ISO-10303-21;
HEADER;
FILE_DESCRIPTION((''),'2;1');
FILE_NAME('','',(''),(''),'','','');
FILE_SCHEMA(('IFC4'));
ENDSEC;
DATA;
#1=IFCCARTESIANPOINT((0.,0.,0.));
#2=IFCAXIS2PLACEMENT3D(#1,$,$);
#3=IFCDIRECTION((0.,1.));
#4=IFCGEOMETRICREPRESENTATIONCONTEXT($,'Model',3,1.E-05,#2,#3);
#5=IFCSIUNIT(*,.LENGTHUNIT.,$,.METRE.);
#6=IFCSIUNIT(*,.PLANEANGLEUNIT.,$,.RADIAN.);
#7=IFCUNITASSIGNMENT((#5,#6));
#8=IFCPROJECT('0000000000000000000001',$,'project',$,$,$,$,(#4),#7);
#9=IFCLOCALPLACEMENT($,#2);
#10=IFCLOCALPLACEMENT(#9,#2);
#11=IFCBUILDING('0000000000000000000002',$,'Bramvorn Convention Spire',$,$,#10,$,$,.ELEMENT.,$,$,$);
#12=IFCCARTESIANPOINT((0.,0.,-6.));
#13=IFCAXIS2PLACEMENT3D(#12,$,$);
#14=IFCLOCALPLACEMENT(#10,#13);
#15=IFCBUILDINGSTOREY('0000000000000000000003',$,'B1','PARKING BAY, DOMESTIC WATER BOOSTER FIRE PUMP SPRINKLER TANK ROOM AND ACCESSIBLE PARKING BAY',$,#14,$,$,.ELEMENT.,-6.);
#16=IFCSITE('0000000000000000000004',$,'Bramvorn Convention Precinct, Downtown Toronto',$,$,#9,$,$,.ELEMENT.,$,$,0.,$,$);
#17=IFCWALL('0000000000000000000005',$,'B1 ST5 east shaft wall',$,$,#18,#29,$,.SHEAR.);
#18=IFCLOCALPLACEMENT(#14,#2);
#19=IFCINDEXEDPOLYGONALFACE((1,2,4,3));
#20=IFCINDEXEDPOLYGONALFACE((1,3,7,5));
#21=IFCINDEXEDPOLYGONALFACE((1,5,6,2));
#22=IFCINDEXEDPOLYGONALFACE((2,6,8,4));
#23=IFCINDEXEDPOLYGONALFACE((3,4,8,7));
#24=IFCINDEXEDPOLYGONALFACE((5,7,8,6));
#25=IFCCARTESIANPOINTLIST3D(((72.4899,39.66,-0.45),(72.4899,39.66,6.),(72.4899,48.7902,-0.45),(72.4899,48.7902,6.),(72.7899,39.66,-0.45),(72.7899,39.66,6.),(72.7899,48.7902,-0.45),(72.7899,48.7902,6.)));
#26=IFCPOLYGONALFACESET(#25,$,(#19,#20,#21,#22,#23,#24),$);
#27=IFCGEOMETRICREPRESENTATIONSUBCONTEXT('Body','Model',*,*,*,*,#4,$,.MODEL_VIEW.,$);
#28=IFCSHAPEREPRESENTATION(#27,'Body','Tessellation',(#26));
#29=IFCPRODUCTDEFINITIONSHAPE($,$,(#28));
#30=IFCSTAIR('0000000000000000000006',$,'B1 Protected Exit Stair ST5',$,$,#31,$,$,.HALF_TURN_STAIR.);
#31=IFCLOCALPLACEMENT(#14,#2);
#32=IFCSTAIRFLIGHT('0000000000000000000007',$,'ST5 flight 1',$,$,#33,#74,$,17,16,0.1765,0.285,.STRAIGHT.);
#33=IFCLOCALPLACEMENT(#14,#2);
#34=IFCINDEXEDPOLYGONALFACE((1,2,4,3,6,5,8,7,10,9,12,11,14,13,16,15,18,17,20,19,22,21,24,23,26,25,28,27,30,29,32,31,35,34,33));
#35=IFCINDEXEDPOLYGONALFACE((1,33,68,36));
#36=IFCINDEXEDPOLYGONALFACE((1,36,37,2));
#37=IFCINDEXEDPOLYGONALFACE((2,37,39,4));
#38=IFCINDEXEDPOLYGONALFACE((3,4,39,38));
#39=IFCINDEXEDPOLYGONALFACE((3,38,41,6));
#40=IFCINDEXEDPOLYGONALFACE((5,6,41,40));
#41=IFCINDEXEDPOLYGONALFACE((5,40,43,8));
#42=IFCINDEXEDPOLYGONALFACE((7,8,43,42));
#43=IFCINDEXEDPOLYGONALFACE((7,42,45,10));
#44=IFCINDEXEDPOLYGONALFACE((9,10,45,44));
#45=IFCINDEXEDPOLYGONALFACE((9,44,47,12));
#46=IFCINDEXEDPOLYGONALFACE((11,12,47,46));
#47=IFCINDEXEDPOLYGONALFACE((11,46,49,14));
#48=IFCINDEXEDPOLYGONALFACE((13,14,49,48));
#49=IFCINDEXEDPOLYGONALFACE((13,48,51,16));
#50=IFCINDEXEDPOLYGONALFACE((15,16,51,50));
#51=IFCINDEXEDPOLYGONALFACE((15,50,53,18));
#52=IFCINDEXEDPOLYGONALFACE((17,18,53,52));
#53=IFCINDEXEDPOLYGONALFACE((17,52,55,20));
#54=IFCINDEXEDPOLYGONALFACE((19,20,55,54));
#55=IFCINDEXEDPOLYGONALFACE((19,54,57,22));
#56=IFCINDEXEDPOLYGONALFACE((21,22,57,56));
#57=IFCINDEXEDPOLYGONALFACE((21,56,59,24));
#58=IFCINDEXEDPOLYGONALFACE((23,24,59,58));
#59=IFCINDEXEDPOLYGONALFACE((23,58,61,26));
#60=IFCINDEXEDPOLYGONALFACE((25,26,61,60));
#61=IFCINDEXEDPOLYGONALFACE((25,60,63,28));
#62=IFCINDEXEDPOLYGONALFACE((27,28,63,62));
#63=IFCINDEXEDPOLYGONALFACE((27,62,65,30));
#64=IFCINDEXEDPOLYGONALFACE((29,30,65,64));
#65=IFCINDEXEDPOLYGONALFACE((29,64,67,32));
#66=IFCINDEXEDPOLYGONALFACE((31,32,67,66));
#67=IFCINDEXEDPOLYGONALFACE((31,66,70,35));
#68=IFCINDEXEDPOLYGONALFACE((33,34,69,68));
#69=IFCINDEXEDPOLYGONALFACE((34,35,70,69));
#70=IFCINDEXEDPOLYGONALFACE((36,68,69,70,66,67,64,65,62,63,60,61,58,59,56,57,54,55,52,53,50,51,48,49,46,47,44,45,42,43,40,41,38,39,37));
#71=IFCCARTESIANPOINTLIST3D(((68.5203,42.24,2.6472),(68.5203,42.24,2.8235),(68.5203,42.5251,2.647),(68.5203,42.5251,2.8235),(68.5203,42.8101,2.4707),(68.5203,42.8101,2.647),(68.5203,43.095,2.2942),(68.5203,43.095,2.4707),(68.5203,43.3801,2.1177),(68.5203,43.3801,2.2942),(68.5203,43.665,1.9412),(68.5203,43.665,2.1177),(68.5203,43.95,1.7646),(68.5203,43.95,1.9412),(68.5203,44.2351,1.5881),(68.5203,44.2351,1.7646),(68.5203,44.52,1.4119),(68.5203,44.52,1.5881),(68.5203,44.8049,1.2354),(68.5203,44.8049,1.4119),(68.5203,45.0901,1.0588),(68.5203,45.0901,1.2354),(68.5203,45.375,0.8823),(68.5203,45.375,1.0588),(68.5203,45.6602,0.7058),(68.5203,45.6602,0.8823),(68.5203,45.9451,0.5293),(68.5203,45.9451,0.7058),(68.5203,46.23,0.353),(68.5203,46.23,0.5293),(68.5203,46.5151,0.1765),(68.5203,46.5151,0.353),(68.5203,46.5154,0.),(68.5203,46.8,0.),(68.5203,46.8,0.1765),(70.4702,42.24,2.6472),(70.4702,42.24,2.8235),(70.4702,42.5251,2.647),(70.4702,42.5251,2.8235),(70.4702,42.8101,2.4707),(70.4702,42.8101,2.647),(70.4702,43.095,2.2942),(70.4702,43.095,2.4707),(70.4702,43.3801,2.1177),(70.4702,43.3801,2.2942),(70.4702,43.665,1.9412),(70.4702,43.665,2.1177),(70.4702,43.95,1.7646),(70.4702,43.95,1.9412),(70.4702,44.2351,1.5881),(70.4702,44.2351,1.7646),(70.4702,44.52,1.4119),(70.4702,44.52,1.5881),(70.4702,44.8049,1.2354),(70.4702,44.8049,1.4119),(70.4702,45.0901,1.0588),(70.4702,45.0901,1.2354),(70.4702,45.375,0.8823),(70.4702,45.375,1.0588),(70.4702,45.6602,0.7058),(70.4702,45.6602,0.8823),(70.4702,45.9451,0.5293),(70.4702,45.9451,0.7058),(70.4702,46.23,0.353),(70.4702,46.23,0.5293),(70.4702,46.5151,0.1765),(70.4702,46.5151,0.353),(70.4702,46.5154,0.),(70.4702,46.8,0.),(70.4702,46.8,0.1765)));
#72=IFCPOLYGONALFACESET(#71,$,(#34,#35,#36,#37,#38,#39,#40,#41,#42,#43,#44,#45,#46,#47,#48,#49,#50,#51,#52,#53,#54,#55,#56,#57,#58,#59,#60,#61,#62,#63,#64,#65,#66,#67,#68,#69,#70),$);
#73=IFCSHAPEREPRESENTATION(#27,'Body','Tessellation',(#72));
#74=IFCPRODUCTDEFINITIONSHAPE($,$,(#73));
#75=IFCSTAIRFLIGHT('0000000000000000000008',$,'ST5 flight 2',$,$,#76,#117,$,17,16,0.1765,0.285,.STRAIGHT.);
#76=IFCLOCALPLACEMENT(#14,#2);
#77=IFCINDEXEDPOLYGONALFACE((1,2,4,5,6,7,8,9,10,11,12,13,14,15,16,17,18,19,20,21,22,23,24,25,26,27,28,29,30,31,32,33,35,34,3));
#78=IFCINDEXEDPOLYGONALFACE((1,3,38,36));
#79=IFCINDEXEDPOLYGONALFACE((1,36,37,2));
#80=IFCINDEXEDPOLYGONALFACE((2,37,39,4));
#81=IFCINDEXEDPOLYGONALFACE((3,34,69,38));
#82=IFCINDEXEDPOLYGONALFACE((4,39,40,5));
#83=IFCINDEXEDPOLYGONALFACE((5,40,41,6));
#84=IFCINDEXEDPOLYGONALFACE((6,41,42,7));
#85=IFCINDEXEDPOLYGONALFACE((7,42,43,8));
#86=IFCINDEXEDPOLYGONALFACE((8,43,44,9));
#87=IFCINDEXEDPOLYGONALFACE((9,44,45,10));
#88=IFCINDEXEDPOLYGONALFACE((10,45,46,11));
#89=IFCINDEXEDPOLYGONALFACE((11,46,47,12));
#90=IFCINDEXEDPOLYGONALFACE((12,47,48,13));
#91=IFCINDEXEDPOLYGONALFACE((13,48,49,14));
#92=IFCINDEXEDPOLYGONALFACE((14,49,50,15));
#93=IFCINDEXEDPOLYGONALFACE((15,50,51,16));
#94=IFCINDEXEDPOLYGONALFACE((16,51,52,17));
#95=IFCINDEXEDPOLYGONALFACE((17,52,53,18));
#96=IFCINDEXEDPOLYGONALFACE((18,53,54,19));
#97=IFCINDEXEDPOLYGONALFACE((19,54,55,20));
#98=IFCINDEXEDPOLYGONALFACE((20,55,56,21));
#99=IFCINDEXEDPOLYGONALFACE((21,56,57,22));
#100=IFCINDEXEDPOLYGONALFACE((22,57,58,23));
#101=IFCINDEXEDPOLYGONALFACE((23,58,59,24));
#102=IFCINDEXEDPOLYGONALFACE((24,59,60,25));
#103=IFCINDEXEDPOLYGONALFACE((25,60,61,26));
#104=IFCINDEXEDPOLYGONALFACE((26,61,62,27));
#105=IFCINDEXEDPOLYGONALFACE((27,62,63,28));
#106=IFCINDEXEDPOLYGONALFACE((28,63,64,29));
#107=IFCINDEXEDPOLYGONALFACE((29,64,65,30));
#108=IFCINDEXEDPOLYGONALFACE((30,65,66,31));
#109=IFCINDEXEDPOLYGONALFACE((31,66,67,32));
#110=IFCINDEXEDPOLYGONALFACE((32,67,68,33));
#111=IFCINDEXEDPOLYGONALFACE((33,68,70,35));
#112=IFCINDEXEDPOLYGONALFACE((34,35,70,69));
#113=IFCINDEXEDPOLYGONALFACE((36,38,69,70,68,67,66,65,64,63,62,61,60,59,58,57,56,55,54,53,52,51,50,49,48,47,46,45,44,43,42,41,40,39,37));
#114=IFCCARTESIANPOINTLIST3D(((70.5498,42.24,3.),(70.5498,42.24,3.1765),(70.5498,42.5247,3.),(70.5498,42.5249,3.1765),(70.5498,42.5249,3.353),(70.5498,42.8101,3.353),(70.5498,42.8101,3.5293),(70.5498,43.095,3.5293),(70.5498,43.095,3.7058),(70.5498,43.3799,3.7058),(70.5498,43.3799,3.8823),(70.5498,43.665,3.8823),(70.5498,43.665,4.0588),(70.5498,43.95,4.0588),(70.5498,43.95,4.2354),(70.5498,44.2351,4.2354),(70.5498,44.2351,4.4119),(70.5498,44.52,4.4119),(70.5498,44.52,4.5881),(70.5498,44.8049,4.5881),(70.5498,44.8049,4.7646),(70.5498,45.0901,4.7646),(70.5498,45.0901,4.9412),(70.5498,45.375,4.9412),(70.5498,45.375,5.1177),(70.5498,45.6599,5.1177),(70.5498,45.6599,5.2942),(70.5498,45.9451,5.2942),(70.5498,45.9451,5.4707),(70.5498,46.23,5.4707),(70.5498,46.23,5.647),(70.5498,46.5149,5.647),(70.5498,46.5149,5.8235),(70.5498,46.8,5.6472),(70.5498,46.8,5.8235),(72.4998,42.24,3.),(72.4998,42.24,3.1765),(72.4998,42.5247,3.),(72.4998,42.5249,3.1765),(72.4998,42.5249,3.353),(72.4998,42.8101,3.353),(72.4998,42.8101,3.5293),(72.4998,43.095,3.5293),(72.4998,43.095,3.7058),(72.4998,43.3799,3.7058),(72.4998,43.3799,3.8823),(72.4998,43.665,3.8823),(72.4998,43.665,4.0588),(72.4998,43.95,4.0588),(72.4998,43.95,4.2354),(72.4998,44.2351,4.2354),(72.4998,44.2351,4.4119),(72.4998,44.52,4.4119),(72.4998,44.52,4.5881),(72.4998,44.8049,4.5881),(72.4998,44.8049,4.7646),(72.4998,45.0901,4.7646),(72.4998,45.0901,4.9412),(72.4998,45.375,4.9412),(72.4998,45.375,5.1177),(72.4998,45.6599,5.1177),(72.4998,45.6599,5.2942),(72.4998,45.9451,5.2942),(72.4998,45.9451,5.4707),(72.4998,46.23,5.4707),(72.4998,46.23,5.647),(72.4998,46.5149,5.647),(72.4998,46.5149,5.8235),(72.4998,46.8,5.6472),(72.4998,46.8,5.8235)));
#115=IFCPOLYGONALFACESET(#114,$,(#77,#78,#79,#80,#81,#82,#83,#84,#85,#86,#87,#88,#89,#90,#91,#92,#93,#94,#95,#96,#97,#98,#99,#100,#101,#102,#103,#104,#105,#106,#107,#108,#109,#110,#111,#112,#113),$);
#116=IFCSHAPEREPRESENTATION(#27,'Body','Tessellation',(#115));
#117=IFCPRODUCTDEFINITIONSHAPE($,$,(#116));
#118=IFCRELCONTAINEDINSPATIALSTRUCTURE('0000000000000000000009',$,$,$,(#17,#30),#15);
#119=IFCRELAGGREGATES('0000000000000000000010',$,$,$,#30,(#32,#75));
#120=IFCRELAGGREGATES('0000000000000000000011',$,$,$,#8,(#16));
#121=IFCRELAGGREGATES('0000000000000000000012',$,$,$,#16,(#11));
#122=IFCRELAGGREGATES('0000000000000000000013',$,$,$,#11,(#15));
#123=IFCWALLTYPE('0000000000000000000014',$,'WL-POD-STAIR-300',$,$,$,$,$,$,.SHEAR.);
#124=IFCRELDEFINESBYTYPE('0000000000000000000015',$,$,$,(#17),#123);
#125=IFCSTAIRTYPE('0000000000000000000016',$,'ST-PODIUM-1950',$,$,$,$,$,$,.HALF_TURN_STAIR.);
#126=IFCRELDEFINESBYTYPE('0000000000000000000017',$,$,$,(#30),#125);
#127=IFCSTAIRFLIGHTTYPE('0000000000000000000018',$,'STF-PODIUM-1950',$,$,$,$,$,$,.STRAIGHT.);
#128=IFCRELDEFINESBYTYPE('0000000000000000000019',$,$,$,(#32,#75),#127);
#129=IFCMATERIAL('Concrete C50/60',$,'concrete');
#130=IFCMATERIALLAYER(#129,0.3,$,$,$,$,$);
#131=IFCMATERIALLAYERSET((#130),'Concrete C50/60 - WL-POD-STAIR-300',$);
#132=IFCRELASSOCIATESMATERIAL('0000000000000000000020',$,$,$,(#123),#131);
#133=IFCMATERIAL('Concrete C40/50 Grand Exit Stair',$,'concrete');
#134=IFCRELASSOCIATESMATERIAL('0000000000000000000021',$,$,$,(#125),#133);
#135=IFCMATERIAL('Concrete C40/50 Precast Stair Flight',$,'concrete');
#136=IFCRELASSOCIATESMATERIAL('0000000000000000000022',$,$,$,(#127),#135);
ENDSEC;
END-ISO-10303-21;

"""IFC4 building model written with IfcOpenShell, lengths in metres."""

from ifc_helpers import new_model, si_unit, direction, frame, frame_2d, origin, place, context, subcontext, project, spatial, polyline, rectangle, outline, extrude, material, layer, layer_set, type_object, element, aggregate, save


model = new_model("IFC4")

# Units and contexts
model_context = context("Model", 3, precision=1e-05, world=origin(), true_north=direction((0.0, 1.0)))
body_context = subcontext(model_context, "Body", "Model", "MODEL_VIEW")
ifc_project = project(units=[si_unit("LENGTHUNIT", "METRE"), si_unit("PLANEANGLEUNIT", "RADIAN")], contexts=[model_context])

# Site, building, storey
site_placement = place(None, origin())
site = spatial("IfcSite", under=ifc_project, at=site_placement, Name="Bramvorn Convention Precinct, Downtown Toronto", CompositionType="ELEMENT", RefElevation=0.0)
building_placement = place(site_placement, origin())
building = spatial("IfcBuilding", under=site, at=building_placement, Name="Bramvorn Convention Spire", CompositionType="ELEMENT")
storey_placement = place(building_placement, frame((0.0, 0.0, -6.0)))
storey = spatial("IfcBuildingStorey", under=building, at=storey_placement, Name="B1", Description="PARKING BAY, DOMESTIC WATER BOOSTER FIRE PUMP SPRINKLER TANK ROOM AND ACCESSIBLE PARKING BAY", CompositionType="ELEMENT", Elevation=-6.0)

# Wall
ifc_material_1 = material(Name="Concrete C50/60", Category="concrete")
ifc_layer_1 = layer(ifc_material_1, 0.3)
ifc_layer_set_1 = layer_set([ifc_layer_1], Name="Concrete C50/60 - WL-POD-STAIR-300")
wall_type = type_object("IfcWallType", Name="WL-POD-STAIR-300", PredefinedType="SHEAR", material=ifc_layer_set_1)
wall_1_placement = place(storey_placement, frame((72.6399, 48.79, -0.45), z_axis=(0.0, 0.0, 1.0), x_axis=(0.0, -1.0, 0.0)))
element("IfcWall", 1, at=wall_1_placement, inside=storey, type_object=wall_type, Name="B1 ST5 east shaft wall", PredefinedType="SHEAR", context=body_context, shape_type="SweptSolid", body=[
    extrude(rectangle(XDim=9.1301, YDim=0.3, at=frame_2d((4.5649, 0.0))), origin(), (0.0, 0.0, 1.0), 6.45),
])

# Stair, stair flights
ifc_material_2 = material(Name="Concrete C40/50 Grand Exit Stair", Category="concrete")
stair_type = type_object("IfcStairType", Name="ST-PODIUM-1950", PredefinedType="HALF_TURN_STAIR", material=ifc_material_2)
stair_placement = place(storey_placement, origin())
stair = element("IfcStair", 2, at=stair_placement, inside=storey, type_object=stair_type, Name="B1 Protected Exit Stair ST5", PredefinedType="HALF_TURN_STAIR")
ifc_material_3 = material(Name="Concrete C40/50 Precast Stair Flight", Category="concrete")
stair_flight_type = type_object("IfcStairFlightType", Name="STF-PODIUM-1950", PredefinedType="STRAIGHT", material=ifc_material_3)
stair_flight_1_placement = place(storey_placement, frame((69.4951, 46.8, 0.0), z_axis=(0.0, 0.0, 1.0), x_axis=(0.0, -1.0, 0.0)))
stair_flight_1 = element("IfcStairFlight", 3, at=stair_flight_1_placement, type_object=stair_flight_type, Name="ST5 flight 1", NumberOfRisers=17, NumberOfTreads=16, PredefinedType="STRAIGHT", RiserHeight=0.1765, TreadLength=0.285, context=body_context, shape_type="SweptSolid", body=[
    extrude(outline(polyline([(0.0, 0.0), (0.0, 0.1765), (0.2849, 0.1765), (0.2849, 0.353), (0.5701, 0.353), (0.5701, 0.5293), (0.855, 0.5293), (0.855, 0.7058), (1.1399, 0.7058), (1.1399, 0.8823), (1.425, 0.8823), (1.425, 1.0588), (1.71, 1.0588), (1.71, 1.2354), (1.9951, 1.2354), (1.9951, 1.4119), (2.28, 1.4119), (2.28, 1.5881), (2.5649, 1.5881), (2.5649, 1.7646), (2.8501, 1.7646), (2.8501, 1.9412), (3.135, 1.9412), (3.135, 2.1177), (3.4199, 2.1177), (3.4199, 2.2942), (3.7051, 2.2942), (3.7051, 2.4707), (3.99, 2.4707), (3.99, 2.647), (4.2749, 2.647), (4.2749, 2.8235), (4.5601, 2.8235), (4.5601, 3.0), (4.5601, 2.6472), (0.2847, 0.0), (0.0, 0.0)])), frame((0.0, 0.9751, 0.0), z_axis=(0.0, -1.0, 0.0), x_axis=(1.0, 0.0, 0.0)), (0.0, 0.0, 1.0), 1.95),
])
stair_flight_2_placement = place(storey_placement, frame((71.5249, 42.24, 3.0), z_axis=(0.0, 0.0, 1.0), x_axis=(0.0, 1.0, 0.0)))
stair_flight_2 = element("IfcStairFlight", 4, at=stair_flight_2_placement, type_object=stair_flight_type, Name="ST5 flight 2", NumberOfRisers=17, NumberOfTreads=16, PredefinedType="STRAIGHT", RiserHeight=0.1765, TreadLength=0.285, context=body_context, shape_type="SweptSolid", body=[
    extrude(outline(polyline([(0.0, 0.0), (0.0, 0.1765), (0.2849, 0.1765), (0.2849, 0.353), (0.5701, 0.353), (0.5701, 0.5293), (0.855, 0.5293), (0.855, 0.7058), (1.1399, 0.7058), (1.1399, 0.8823), (1.425, 0.8823), (1.425, 1.0588), (1.71, 1.0588), (1.71, 1.2354), (1.9951, 1.2354), (1.9951, 1.4119), (2.28, 1.4119), (2.28, 1.5881), (2.5649, 1.5881), (2.5649, 1.7646), (2.8501, 1.7646), (2.8501, 1.9412), (3.135, 1.9412), (3.135, 2.1177), (3.4199, 2.1177), (3.4199, 2.2942), (3.7051, 2.2942), (3.7051, 2.4707), (3.99, 2.4707), (3.99, 2.647), (4.2749, 2.647), (4.2749, 2.8235), (4.5601, 2.8235), (4.5601, 3.0), (4.5601, 2.6472), (0.2847, 0.0), (0.0, 0.0)])), frame((0.0, 0.9751, 0.0), z_axis=(0.0, -1.0, 0.0), x_axis=(1.0, 0.0, 0.0)), (0.0, 0.0, 1.0), 1.95),
])
aggregate(stair, [stair_flight_1, stair_flight_2])

save(model, "model.ifc")
